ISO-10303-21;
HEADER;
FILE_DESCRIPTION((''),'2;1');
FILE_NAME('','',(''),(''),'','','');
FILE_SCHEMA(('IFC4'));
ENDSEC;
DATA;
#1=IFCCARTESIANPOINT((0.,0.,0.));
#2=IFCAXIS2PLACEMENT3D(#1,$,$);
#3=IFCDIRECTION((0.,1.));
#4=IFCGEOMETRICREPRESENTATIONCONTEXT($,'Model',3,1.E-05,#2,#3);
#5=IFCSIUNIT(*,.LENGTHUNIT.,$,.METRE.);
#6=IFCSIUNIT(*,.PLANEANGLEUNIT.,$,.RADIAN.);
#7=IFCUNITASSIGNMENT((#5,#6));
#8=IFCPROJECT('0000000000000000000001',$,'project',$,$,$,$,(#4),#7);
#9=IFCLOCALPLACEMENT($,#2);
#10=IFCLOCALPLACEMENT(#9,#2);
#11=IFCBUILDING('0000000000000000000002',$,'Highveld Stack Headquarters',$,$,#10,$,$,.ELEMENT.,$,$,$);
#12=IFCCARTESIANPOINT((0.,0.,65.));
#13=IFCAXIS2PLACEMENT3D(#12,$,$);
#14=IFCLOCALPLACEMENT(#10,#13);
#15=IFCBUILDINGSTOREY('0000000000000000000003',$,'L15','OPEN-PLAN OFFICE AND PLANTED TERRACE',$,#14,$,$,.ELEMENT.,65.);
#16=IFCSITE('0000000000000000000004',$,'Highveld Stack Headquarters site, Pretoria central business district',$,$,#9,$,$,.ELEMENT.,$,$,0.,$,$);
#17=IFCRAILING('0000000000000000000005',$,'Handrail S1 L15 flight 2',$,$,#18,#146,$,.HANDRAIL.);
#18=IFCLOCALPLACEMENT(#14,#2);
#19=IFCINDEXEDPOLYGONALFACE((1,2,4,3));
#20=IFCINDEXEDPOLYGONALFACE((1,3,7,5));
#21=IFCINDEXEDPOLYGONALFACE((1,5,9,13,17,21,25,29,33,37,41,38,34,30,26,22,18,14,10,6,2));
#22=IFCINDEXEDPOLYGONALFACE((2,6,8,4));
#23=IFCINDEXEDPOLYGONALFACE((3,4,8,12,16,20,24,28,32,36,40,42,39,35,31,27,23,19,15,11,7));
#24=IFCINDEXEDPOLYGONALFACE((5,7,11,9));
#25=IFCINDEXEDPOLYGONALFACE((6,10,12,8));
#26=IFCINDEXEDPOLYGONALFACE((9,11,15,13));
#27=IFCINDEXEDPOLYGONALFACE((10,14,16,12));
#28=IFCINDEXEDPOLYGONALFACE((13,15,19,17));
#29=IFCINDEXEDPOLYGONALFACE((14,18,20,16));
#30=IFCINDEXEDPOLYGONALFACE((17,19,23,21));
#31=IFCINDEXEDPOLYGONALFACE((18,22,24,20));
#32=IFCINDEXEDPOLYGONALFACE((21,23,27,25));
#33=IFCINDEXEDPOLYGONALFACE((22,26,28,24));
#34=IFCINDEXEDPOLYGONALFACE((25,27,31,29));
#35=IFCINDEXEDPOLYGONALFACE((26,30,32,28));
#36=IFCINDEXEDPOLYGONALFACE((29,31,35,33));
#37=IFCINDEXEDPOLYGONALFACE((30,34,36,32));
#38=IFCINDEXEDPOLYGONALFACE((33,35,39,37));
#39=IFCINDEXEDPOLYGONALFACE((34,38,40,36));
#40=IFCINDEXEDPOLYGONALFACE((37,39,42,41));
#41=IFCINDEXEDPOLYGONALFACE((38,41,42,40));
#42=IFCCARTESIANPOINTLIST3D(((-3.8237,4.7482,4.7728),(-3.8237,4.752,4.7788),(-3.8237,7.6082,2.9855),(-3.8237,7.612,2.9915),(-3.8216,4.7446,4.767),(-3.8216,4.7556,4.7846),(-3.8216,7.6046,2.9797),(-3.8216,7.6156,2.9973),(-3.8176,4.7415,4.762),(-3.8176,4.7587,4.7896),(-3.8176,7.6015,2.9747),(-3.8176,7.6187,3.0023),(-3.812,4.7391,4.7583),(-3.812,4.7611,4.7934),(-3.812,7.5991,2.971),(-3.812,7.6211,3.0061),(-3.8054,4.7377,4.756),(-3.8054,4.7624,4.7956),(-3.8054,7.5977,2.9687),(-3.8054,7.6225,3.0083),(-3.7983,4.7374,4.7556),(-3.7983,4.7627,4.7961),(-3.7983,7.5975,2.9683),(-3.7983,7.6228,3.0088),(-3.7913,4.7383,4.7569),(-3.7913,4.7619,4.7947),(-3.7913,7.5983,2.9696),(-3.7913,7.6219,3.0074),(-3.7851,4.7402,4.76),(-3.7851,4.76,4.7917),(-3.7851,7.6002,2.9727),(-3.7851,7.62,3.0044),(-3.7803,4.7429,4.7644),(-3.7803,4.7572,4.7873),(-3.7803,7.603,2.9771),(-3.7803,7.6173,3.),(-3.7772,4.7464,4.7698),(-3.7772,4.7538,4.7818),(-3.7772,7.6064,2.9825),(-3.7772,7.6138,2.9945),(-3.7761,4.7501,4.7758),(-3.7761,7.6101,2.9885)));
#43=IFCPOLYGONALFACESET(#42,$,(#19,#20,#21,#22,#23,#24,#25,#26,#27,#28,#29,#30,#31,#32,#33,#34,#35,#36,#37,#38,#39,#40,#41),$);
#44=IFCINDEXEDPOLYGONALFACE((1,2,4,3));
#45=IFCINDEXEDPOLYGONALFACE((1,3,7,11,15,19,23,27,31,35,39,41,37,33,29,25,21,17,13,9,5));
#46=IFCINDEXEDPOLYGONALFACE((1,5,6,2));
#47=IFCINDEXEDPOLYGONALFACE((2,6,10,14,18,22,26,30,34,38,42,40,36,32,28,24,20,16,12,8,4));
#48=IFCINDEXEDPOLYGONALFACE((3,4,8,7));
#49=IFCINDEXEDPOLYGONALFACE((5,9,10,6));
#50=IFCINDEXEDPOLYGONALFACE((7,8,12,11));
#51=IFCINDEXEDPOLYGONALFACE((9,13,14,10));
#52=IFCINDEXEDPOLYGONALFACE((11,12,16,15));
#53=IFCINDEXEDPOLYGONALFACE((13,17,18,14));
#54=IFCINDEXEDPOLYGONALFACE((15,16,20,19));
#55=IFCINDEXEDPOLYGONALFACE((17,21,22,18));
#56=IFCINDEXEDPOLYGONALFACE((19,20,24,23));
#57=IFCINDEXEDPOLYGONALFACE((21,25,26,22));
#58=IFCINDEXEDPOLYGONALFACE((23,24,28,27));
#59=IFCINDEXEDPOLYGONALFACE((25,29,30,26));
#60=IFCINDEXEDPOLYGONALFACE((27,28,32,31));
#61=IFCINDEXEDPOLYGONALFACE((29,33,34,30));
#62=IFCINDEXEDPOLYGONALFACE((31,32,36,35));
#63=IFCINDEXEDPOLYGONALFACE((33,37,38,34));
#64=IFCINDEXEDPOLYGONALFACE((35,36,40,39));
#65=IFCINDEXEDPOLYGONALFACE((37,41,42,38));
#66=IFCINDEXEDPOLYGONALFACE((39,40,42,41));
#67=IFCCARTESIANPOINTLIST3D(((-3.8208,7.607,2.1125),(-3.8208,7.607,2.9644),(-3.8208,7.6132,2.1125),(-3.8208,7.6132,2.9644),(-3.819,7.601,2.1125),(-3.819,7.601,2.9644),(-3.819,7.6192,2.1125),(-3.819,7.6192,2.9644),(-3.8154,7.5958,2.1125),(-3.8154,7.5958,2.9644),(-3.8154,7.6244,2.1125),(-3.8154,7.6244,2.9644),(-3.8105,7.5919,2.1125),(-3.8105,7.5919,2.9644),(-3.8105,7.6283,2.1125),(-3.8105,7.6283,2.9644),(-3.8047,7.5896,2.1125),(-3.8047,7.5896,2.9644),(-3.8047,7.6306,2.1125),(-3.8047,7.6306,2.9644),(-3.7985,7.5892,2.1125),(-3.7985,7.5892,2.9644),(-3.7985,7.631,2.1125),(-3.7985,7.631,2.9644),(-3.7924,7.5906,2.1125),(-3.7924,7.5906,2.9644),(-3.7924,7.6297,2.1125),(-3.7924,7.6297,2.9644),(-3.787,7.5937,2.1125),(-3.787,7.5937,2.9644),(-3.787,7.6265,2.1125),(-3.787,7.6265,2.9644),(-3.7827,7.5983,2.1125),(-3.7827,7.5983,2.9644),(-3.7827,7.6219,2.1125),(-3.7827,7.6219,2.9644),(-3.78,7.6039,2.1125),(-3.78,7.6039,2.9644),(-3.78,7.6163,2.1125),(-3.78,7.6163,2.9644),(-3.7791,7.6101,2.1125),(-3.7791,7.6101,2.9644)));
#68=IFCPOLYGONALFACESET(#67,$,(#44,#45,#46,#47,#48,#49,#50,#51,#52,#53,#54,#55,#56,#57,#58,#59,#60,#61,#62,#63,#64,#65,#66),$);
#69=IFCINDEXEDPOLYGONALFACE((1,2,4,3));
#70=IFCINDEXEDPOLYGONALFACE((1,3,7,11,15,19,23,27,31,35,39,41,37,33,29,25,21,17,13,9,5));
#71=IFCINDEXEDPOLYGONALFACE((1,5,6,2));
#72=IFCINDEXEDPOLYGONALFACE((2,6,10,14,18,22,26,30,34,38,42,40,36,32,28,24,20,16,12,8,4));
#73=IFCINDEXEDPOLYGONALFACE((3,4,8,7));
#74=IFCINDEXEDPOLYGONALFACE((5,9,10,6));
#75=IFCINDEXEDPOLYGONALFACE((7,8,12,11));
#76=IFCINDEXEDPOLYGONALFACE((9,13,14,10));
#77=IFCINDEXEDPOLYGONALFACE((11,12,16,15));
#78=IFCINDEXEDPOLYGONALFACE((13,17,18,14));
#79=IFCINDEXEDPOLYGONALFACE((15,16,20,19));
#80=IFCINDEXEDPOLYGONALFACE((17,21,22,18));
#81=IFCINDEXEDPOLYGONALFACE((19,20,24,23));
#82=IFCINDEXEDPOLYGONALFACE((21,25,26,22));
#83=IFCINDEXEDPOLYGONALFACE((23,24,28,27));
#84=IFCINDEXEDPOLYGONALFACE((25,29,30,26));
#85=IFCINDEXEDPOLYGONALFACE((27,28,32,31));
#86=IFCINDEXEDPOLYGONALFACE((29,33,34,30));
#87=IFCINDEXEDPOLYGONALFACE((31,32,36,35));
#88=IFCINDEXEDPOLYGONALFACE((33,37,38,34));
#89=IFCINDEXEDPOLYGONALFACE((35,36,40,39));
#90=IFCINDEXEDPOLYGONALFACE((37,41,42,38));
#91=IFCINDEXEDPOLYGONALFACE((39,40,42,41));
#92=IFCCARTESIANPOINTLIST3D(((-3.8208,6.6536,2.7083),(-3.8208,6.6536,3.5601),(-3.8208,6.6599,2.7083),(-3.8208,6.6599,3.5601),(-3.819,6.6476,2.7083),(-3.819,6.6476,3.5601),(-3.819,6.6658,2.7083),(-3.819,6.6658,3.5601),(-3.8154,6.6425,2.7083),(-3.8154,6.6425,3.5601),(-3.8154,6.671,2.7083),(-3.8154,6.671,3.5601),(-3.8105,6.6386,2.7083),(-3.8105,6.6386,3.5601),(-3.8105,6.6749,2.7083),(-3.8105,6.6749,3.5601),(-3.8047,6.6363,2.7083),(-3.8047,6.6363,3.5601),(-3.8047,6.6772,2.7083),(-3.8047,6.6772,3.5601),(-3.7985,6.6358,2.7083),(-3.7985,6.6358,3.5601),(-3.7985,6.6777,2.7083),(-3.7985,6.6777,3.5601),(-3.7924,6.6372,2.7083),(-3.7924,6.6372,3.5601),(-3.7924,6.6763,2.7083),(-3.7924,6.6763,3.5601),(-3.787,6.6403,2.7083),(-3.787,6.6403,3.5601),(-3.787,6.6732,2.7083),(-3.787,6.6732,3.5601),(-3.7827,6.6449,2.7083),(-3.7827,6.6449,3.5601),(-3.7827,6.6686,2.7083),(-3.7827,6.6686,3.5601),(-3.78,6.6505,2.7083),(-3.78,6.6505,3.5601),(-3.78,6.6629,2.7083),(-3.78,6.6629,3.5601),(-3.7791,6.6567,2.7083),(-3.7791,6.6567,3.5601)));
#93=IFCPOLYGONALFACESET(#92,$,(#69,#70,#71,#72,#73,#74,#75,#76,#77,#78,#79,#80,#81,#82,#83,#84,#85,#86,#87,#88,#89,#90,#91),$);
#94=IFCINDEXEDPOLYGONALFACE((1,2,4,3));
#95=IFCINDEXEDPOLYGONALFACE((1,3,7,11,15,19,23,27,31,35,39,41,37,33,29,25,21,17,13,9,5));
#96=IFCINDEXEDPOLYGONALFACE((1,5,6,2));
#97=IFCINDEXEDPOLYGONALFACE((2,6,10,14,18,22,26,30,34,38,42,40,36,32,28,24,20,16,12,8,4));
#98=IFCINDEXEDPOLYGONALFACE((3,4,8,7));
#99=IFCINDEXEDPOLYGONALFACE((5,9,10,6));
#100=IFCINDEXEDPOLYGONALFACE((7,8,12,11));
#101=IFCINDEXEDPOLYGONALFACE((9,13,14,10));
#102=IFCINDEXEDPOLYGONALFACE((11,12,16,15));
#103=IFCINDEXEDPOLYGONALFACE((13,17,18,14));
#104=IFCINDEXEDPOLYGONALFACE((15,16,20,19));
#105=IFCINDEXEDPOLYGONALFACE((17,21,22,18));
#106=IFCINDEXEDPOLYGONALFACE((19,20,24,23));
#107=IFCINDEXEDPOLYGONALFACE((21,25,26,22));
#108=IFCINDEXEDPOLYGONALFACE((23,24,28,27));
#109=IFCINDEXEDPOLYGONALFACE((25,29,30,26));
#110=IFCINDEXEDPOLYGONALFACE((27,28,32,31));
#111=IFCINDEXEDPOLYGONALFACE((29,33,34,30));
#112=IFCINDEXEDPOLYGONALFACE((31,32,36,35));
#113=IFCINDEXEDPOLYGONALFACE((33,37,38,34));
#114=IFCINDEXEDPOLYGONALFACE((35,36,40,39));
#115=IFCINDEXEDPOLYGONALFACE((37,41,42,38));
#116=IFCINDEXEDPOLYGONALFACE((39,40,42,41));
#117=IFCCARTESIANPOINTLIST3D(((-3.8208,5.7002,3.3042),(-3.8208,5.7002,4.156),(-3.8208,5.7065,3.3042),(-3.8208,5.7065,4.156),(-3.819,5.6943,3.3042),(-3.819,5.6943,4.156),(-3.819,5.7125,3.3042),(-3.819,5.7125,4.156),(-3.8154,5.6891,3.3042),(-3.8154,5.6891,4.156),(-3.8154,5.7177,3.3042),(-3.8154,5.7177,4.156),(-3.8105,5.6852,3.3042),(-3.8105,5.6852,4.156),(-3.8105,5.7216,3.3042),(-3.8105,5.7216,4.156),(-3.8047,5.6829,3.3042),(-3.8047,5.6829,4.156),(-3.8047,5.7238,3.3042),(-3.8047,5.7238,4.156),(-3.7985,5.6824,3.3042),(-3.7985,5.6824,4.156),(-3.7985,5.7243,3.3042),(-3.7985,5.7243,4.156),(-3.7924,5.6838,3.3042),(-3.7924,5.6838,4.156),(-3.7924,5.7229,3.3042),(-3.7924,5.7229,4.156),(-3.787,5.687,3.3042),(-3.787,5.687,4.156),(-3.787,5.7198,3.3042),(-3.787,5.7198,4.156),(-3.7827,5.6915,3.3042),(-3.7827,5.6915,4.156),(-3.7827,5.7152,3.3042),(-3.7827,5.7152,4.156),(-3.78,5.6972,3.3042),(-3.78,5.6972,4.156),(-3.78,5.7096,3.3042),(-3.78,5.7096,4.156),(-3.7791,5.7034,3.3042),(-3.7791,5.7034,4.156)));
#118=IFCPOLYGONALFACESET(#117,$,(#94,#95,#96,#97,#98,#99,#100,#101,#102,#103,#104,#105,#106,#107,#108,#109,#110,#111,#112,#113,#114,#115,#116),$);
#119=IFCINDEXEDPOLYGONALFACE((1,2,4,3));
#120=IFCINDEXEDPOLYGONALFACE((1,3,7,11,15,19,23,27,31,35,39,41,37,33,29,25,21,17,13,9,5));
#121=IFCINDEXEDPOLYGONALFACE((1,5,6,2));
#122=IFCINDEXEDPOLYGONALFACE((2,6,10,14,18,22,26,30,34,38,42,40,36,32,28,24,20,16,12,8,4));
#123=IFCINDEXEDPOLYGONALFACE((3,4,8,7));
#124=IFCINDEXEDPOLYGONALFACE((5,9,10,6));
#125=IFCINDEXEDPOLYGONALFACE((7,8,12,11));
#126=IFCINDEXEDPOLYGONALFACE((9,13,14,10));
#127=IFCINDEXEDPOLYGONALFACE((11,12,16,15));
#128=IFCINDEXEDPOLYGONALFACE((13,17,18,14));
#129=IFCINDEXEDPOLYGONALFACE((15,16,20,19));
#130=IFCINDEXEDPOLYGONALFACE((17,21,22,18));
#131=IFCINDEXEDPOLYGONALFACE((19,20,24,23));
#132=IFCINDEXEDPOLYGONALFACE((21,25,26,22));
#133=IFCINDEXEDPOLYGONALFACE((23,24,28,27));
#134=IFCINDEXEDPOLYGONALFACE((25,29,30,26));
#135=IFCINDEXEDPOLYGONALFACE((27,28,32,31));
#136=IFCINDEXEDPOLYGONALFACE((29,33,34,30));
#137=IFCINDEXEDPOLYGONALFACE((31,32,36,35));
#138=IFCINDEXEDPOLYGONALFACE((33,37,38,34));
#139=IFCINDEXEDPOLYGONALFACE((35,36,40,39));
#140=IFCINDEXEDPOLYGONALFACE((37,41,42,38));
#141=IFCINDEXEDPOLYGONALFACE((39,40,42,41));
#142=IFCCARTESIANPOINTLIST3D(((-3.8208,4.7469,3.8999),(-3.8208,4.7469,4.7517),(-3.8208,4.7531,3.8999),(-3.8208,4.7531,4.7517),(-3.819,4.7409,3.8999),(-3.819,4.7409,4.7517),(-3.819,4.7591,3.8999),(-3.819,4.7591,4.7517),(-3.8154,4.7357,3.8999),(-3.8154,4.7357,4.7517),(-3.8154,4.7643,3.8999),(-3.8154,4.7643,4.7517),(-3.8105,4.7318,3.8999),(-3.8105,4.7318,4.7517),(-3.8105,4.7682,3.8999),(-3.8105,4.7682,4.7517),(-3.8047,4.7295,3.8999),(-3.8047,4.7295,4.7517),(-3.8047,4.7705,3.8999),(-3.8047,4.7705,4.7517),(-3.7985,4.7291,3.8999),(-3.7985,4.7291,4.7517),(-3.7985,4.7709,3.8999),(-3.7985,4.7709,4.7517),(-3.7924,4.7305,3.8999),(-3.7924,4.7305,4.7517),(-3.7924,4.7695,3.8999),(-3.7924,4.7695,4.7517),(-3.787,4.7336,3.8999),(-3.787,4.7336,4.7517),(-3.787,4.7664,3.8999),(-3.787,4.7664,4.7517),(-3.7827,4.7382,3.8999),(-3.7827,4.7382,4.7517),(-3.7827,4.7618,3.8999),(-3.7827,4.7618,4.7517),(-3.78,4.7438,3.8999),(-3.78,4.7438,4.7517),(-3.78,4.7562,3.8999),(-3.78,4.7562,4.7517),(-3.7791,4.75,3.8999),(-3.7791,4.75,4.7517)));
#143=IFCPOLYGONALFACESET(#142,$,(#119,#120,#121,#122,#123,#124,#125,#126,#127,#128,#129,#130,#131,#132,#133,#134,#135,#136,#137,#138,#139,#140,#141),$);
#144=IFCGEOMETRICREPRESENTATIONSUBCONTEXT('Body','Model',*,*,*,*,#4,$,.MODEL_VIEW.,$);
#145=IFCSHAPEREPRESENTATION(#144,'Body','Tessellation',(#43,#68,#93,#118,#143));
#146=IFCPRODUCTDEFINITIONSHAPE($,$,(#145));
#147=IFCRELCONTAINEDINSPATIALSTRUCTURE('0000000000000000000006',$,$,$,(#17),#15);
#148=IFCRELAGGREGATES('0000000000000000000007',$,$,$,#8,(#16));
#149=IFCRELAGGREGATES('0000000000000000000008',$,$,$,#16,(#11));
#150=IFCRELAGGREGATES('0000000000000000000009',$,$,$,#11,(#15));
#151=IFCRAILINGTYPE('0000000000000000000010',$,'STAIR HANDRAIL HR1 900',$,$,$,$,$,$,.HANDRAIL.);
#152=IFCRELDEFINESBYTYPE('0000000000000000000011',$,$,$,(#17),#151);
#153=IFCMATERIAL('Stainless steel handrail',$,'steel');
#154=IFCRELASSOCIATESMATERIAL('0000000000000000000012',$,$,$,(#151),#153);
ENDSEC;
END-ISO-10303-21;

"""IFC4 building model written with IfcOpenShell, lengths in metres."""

from ifc_helpers import new_model, si_unit, direction, frame, origin, origin_2d, place, context, subcontext, project, spatial, circle, extrude, material, type_object, element, save


model = new_model("IFC4")

# Units and contexts
model_context = context("Model", 3, precision=1e-05, world=origin(), true_north=direction((0.0, 1.0)))
body_context = subcontext(model_context, "Body", "Model", "MODEL_VIEW")
ifc_project = project(units=[si_unit("LENGTHUNIT", "METRE"), si_unit("PLANEANGLEUNIT", "RADIAN")], contexts=[model_context])

# Site, building, storey
site_placement = place(None, origin())
site = spatial("IfcSite", under=ifc_project, at=site_placement, Name="Highveld Stack Headquarters site, Pretoria central business district", CompositionType="ELEMENT", RefElevation=0.0)
building_placement = place(site_placement, origin())
building = spatial("IfcBuilding", under=site, at=building_placement, Name="Highveld Stack Headquarters", CompositionType="ELEMENT")
storey_placement = place(building_placement, frame((0.0, 0.0, 65.0)))
storey = spatial("IfcBuildingStorey", under=building, at=storey_placement, Name="L15", Description="OPEN-PLAN OFFICE AND PLANTED TERRACE", CompositionType="ELEMENT", Elevation=65.0)

# Railing
ifc_material_1 = material(Name="Stainless steel handrail", Category="steel")
railing_type = type_object("IfcRailingType", Name="STAIR HANDRAIL HR1 900", PredefinedType="HANDRAIL", material=ifc_material_1)
for number, where, name in (
    (1, (-3.8, 7.6101, 2.1125), "Handrail S1 L15 flight 2"),
):
    element("IfcRailing", number, at=place(storey_placement, frame(where)), inside=storey, type_object=railing_type, Name=name, PredefinedType="HANDRAIL", context=body_context, shape_type="SweptSolid", body=[
        extrude(circle(Radius=0.0239, at=origin_2d()), frame((0.0, 0.0, 0.876), z_axis=(0.0, -0.848027, 0.529953), x_axis=(1.0, 0.0, 0.0)), (0.0, 0.0, 1.0), 3.3726),
        extrude(circle(Radius=0.021, at=origin_2d()), origin(), (0.0, 0.0, 1.0), 0.8518),
        extrude(circle(Radius=0.021, at=origin_2d()), frame((0.0, -0.9534, 0.5957)), (0.0, 0.0, 1.0), 0.8518),
        extrude(circle(Radius=0.021, at=origin_2d()), frame((0.0, -1.9067, 1.1917)), (0.0, 0.0, 1.0), 0.8518),
        extrude(circle(Radius=0.021, at=origin_2d()), frame((0.0, -2.8601, 1.7874)), (0.0, 0.0, 1.0), 0.8518),
    ])

save(model, "model.ifc")
